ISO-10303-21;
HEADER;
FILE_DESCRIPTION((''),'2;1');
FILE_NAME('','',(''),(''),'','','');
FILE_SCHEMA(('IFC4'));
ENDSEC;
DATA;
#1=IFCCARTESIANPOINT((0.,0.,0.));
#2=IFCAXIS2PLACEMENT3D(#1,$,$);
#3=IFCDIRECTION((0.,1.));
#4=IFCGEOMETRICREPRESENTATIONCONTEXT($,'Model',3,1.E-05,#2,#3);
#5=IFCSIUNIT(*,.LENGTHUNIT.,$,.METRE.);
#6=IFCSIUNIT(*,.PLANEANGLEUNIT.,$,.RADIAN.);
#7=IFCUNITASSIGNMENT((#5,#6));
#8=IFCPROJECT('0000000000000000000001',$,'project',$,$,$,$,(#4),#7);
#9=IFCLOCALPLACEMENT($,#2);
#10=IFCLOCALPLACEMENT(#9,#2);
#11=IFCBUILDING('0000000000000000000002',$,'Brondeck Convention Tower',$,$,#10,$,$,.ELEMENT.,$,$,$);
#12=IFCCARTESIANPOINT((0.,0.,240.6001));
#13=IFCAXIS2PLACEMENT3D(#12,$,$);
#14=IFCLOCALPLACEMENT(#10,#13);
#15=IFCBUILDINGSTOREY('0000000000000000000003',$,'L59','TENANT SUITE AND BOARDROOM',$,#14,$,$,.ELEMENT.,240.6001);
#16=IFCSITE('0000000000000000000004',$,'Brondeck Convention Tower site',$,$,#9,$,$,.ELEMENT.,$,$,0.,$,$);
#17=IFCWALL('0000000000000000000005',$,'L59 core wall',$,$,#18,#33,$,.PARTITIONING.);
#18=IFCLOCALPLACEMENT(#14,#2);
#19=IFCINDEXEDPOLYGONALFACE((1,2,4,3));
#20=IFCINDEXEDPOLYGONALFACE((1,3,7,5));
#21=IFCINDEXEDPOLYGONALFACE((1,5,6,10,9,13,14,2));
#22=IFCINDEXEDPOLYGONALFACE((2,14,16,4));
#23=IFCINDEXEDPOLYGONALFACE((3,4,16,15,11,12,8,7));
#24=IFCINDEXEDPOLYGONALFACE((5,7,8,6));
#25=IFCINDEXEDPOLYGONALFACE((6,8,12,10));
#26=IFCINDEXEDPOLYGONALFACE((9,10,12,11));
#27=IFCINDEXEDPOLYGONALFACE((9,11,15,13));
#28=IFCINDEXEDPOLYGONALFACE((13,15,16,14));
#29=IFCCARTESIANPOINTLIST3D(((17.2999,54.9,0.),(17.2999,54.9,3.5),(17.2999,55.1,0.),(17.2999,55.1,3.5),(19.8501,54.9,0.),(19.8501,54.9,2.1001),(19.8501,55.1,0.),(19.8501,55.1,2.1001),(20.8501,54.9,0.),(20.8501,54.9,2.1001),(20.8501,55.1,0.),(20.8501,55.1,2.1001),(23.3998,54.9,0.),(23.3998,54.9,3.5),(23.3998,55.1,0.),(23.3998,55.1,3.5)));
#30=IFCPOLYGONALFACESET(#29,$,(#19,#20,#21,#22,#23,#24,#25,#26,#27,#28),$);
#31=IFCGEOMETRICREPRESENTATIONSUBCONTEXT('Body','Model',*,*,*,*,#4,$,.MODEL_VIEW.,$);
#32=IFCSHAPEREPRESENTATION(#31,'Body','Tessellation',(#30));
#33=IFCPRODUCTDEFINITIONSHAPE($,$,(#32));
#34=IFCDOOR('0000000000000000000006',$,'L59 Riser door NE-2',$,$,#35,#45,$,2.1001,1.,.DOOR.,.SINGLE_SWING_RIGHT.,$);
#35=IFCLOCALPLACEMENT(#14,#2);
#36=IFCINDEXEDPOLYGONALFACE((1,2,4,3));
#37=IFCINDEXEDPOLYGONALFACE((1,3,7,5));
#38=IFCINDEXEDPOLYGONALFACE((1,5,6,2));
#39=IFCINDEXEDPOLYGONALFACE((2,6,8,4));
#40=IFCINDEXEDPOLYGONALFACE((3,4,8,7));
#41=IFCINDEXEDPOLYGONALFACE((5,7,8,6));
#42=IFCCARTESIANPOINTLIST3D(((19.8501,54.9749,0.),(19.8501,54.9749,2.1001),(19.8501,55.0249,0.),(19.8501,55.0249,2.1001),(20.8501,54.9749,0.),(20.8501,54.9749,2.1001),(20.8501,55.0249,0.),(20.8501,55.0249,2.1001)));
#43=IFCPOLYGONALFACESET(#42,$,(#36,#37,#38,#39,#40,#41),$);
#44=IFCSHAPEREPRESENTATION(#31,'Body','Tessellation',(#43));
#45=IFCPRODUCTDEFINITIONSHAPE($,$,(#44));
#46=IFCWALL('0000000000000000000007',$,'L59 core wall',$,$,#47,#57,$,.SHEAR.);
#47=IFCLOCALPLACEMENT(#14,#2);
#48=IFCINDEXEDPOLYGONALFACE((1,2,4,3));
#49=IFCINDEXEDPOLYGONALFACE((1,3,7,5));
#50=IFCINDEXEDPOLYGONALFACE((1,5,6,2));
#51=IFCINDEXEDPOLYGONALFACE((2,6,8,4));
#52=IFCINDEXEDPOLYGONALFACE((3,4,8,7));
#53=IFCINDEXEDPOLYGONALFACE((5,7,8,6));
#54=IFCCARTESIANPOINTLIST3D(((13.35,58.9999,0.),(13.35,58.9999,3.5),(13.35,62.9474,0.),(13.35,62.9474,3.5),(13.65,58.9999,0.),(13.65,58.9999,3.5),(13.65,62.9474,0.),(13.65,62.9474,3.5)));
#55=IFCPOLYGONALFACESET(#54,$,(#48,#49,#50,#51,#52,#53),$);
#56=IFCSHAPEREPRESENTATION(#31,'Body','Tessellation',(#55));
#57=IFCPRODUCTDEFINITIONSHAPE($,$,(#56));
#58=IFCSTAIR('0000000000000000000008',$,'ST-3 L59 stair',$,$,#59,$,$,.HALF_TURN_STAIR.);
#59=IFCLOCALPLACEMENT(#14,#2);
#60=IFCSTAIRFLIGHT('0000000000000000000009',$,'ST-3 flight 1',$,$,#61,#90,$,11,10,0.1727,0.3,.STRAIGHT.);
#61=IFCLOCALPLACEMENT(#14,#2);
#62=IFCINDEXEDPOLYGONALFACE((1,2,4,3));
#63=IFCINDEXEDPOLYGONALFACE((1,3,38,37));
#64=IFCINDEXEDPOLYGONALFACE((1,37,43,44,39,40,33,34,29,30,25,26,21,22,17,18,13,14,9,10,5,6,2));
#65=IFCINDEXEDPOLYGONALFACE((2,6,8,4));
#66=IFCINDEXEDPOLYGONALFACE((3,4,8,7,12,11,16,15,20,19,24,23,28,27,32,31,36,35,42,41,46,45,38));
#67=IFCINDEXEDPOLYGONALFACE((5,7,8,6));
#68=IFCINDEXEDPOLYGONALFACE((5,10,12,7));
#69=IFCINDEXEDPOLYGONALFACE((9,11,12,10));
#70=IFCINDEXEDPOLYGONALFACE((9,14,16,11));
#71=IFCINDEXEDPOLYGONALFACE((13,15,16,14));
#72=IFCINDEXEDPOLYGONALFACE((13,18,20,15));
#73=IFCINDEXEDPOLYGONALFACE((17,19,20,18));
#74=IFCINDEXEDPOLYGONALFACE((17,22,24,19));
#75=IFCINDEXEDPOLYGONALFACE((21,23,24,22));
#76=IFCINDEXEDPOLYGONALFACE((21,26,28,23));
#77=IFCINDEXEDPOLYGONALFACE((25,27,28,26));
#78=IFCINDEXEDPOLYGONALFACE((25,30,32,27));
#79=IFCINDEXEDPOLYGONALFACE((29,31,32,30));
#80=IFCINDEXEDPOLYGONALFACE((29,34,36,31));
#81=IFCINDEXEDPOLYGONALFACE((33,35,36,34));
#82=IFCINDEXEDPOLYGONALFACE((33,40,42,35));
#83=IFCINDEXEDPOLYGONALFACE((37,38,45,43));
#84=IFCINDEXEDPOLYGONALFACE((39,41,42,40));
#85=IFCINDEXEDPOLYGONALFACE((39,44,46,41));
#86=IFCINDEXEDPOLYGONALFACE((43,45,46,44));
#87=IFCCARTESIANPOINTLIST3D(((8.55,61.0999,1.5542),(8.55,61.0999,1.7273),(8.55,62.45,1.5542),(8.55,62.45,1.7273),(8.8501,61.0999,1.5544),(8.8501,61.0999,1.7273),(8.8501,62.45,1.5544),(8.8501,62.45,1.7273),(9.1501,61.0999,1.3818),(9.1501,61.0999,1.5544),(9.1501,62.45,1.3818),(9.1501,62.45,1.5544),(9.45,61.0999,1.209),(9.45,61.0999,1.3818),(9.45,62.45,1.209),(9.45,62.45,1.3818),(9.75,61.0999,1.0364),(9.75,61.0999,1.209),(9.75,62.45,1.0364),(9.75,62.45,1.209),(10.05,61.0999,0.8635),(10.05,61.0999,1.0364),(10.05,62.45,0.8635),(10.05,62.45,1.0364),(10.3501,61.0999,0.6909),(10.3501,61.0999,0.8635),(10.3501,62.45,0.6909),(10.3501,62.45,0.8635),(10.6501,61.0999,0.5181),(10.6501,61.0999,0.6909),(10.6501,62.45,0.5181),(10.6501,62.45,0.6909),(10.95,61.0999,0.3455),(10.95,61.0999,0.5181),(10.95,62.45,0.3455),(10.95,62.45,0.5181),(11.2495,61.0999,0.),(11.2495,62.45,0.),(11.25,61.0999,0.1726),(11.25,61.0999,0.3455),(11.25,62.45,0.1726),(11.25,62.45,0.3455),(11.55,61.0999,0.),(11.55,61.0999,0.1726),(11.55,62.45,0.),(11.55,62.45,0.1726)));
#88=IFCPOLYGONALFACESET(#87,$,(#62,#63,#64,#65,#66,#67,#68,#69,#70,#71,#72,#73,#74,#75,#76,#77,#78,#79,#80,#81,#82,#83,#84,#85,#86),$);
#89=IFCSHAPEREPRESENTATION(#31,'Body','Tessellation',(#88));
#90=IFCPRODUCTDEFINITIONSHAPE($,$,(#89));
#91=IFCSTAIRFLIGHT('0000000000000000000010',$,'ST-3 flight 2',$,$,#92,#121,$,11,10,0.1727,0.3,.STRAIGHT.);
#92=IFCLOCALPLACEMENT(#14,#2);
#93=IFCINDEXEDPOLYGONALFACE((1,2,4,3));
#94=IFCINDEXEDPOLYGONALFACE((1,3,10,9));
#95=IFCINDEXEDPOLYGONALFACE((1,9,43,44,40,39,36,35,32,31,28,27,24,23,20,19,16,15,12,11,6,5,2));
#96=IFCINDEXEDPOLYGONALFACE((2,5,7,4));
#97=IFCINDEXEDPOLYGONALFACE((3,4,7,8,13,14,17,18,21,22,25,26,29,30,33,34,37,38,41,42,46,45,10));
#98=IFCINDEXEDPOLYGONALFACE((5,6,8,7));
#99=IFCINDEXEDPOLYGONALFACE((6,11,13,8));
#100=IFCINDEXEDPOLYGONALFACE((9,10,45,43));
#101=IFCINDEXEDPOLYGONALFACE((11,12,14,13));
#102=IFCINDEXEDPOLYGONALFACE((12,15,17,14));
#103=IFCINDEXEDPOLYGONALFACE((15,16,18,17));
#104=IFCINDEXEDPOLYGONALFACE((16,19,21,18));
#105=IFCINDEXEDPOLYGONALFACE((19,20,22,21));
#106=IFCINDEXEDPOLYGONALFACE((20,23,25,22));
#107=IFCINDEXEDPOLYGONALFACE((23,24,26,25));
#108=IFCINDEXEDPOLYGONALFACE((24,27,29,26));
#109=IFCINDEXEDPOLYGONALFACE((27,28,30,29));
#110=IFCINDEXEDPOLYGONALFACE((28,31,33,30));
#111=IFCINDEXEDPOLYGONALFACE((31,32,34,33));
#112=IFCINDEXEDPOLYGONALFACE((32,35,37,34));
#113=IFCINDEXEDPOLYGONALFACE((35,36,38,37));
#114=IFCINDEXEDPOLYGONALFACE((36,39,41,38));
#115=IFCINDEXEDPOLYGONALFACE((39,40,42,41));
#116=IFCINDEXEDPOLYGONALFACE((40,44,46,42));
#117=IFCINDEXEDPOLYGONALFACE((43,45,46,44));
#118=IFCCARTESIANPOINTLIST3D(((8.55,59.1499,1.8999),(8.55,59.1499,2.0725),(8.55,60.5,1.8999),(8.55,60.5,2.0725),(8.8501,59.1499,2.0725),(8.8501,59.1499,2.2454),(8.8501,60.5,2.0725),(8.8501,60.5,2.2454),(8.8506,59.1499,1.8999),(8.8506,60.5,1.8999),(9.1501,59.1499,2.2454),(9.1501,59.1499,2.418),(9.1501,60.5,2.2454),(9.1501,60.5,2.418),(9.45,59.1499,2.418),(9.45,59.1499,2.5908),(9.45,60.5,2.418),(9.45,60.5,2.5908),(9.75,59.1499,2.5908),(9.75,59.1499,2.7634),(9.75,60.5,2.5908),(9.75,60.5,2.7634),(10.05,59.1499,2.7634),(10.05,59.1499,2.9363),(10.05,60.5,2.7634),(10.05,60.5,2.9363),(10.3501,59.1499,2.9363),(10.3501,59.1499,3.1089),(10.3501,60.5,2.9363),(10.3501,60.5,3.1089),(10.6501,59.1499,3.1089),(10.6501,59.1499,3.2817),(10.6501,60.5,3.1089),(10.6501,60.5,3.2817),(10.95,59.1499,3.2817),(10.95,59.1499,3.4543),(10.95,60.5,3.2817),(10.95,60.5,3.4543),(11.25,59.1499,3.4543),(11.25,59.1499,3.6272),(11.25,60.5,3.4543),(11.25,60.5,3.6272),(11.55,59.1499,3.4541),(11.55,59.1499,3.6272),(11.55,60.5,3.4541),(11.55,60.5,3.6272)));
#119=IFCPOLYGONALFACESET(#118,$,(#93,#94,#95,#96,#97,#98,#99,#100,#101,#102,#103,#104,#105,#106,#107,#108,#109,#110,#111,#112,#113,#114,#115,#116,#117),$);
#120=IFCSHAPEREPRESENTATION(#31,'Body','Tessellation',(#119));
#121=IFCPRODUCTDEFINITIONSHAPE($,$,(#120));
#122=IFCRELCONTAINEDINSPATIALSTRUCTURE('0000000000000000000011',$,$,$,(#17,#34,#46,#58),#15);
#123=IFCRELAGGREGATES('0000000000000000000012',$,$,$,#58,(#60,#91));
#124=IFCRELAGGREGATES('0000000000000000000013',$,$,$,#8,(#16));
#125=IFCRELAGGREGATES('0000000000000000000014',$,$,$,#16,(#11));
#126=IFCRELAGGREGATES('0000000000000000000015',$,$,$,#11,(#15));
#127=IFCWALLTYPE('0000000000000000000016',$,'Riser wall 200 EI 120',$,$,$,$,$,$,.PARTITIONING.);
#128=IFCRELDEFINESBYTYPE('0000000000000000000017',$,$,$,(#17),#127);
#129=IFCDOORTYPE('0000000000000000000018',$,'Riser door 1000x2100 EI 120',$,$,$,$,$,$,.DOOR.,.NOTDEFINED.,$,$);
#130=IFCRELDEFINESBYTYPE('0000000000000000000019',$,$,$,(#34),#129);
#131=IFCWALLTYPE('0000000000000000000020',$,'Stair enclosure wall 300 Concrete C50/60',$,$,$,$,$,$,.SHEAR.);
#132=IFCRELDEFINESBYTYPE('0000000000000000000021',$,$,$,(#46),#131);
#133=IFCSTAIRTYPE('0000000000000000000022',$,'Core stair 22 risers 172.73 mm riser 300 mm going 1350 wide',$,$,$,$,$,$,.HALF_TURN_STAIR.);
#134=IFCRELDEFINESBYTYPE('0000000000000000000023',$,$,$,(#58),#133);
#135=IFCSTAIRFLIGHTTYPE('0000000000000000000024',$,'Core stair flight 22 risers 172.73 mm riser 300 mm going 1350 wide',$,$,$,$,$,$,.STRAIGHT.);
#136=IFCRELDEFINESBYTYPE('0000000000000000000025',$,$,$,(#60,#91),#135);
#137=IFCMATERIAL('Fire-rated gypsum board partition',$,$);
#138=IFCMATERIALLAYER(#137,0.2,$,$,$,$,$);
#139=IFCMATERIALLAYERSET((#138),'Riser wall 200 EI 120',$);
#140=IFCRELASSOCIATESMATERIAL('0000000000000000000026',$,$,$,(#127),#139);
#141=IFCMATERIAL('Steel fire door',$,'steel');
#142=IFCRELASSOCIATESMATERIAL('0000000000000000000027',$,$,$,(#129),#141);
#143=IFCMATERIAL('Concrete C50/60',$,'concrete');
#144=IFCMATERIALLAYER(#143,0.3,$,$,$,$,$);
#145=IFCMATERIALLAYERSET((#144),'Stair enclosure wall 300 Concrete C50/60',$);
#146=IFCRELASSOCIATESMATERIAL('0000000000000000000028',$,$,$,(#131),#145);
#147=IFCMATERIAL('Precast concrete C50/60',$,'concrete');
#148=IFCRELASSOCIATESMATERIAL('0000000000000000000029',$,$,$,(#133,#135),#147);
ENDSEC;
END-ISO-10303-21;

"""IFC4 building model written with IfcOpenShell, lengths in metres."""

from ifc_helpers import new_model, si_unit, direction, frame, frame_2d, origin, place, context, subcontext, project, spatial, polyline, rectangle, outline, extrude, material, layer, layer_set, type_object, element, fill, aggregate, save


model = new_model("IFC4")

# Units and contexts
model_context = context("Model", 3, precision=1e-05, world=origin(), true_north=direction((0.0, 1.0)))
body_context = subcontext(model_context, "Body", "Model", "MODEL_VIEW")
ifc_project = project(units=[si_unit("LENGTHUNIT", "METRE"), si_unit("PLANEANGLEUNIT", "RADIAN")], contexts=[model_context])

# Site, building, storey
site_placement = place(None, origin())
site = spatial("IfcSite", under=ifc_project, at=site_placement, Name="Brondeck Convention Tower site", CompositionType="ELEMENT", RefElevation=0.0)
building_placement = place(site_placement, origin())
building = spatial("IfcBuilding", under=site, at=building_placement, Name="Brondeck Convention Tower", CompositionType="ELEMENT")
storey_placement = place(building_placement, frame((0.0, 0.0, 240.6001)))
storey = spatial("IfcBuildingStorey", under=building, at=storey_placement, Name="L59", Description="TENANT SUITE AND BOARDROOM", CompositionType="ELEMENT", Elevation=240.6001)

# Shared definitions
ifc_material_1 = material(Name="Concrete C50/60", Category="concrete")

# Shared definitions
ifc_material_2 = material(Name="Fire-rated gypsum board partition")

# Shared definitions
ifc_material_3 = material(Name="Steel fire door", Category="steel")

# Wall, opening, door
ifc_layer_1 = layer(ifc_material_2, 0.2)
ifc_layer_set_1 = layer_set([ifc_layer_1], Name="Riser wall 200 EI 120")
wall_type_1 = type_object("IfcWallType", Name="Riser wall 200 EI 120", PredefinedType="PARTITIONING", material=ifc_layer_set_1)
wall_1_placement = place(storey_placement, frame((17.3, 55.0, 0.0), z_axis=(0.0, 0.0, 1.0), x_axis=(1.0, 0.0, 0.0)))
wall_1 = element("IfcWall", 1, at=wall_1_placement, inside=storey, type_object=wall_type_1, Name="L59 core wall", PredefinedType="PARTITIONING", context=body_context, shape_type="SweptSolid", body=[
    extrude(rectangle(XDim=6.0999, YDim=0.2, at=frame_2d((3.0498, 0.0))), origin(), (0.0, 0.0, 1.0), 3.5),
])
opening_1_placement = place(wall_1_placement, frame((2.55, 0.0, 0.0)))
opening_1 = element("IfcOpeningElement", 2, at=opening_1_placement, cuts=wall_1, PredefinedType="OPENING", context=body_context, shape_type="SweptSolid", body=[
    extrude(rectangle(XDim=1.0, YDim=2.1001, at=frame_2d((0.5, 1.05))), frame((0.0, 0.1099, 0.0), z_axis=(0.0, -1.0, 0.0), x_axis=(1.0, 0.0, 0.0)), (0.0, 0.0, 1.0), 0.22),
])
door_type_1 = type_object("IfcDoorType", Name="Riser door 1000x2100 EI 120", OperationType="NOTDEFINED", PredefinedType="DOOR", material=ifc_material_3)
door_1_placement = place(opening_1_placement, origin())
door_1 = element("IfcDoor", 3, at=door_1_placement, inside=storey, type_object=door_type_1, Name="L59 Riser door NE-2", OperationType="SINGLE_SWING_RIGHT", OverallHeight=2.1001, OverallWidth=1.0, PredefinedType="DOOR", context=body_context, shape_type="SweptSolid", body=[
    extrude(rectangle(XDim=1.0, YDim=2.1001, at=frame_2d((0.5, 1.05))), frame((0.0, 0.0249, 0.0), z_axis=(0.0, -1.0, 0.0), x_axis=(1.0, 0.0, 0.0)), (0.0, 0.0, 1.0), 0.05),
])
fill(opening_1, door_1)

# Wall
ifc_layer_2 = layer(ifc_material_1, 0.3)
ifc_layer_set_2 = layer_set([ifc_layer_2], Name="Stair enclosure wall 300 Concrete C50/60")
wall_type_2 = type_object("IfcWallType", Name="Stair enclosure wall 300 Concrete C50/60", PredefinedType="SHEAR", material=ifc_layer_set_2)
wall_2_placement = place(storey_placement, frame((13.5, 59.0, 0.0), z_axis=(0.0, 0.0, 1.0), x_axis=(0.0, 1.0, 0.0)))
element("IfcWall", 4, at=wall_2_placement, inside=storey, type_object=wall_type_2, Name="L59 core wall", PredefinedType="SHEAR", context=body_context, shape_type="SweptSolid", body=[
    extrude(rectangle(XDim=3.9475, YDim=0.3, at=frame_2d((1.9736, 0.0))), origin(), (0.0, 0.0, 1.0), 3.5),
])

# Stair, stair flights
ifc_material_4 = material(Name="Precast concrete C50/60", Category="concrete")
stair_type = type_object("IfcStairType", Name="Core stair 22 risers 172.73 mm riser 300 mm going 1350 wide", PredefinedType="HALF_TURN_STAIR", material=ifc_material_4)
stair_placement = place(storey_placement, origin())
stair = element("IfcStair", 5, at=stair_placement, inside=storey, type_object=stair_type, Name="ST-3 L59 stair", PredefinedType="HALF_TURN_STAIR")
stair_flight_type = type_object("IfcStairFlightType", Name="Core stair flight 22 risers 172.73 mm riser 300 mm going 1350 wide", PredefinedType="STRAIGHT", material=ifc_material_4)
stair_flight_1_placement = place(storey_placement, frame((11.55, 61.7749, 0.0), z_axis=(0.0, 0.0, 1.0), x_axis=(-1.0, 0.0, 0.0)))
stair_flight_1 = element("IfcStairFlight", 6, at=stair_flight_1_placement, type_object=stair_flight_type, Name="ST-3 flight 1", NumberOfRisers=11, NumberOfTreads=10, PredefinedType="STRAIGHT", RiserHeight=0.1727, TreadLength=0.3, context=body_context, shape_type="SweptSolid", body=[
    extrude(outline(polyline([(0.0, 0.0), (0.0, 0.1726), (0.3, 0.1726), (0.3, 0.3455), (0.6001, 0.3455), (0.6001, 0.5181), (0.8999, 0.5181), (0.8999, 0.6909), (1.2, 0.6909), (1.2, 0.8635), (1.5, 0.8635), (1.5, 1.0364), (1.8, 1.0364), (1.8, 1.209), (2.1001, 1.209), (2.1001, 1.3818), (2.3999, 1.3818), (2.3999, 1.5544), (2.7, 1.5544), (2.7, 1.7273), (3.0, 1.7273), (3.0, 1.8999), (3.0, 1.5542), (0.3005, 0.0), (0.0, 0.0)])), frame((0.0, 0.675, 0.0), z_axis=(0.0, -1.0, 0.0), x_axis=(1.0, 0.0, 0.0)), (0.0, 0.0, 1.0), 1.3501),
])
stair_flight_2_placement = place(storey_placement, frame((8.55, 59.825, 1.8999), z_axis=(0.0, 0.0, 1.0), x_axis=(1.0, 0.0, 0.0)))
stair_flight_2 = element("IfcStairFlight", 7, at=stair_flight_2_placement, type_object=stair_flight_type, Name="ST-3 flight 2", NumberOfRisers=11, NumberOfTreads=10, PredefinedType="STRAIGHT", RiserHeight=0.1727, TreadLength=0.3, context=body_context, shape_type="SweptSolid", body=[
    extrude(outline(polyline([(0.0, 0.0), (0.0, 0.1726), (0.3, 0.1726), (0.3, 0.3455), (0.6001, 0.3455), (0.6001, 0.5181), (0.8999, 0.5181), (0.8999, 0.6909), (1.2, 0.6909), (1.2, 0.8635), (1.5, 0.8635), (1.5, 1.0364), (1.8, 1.0364), (1.8, 1.209), (2.1001, 1.209), (2.1001, 1.3818), (2.3999, 1.3818), (2.3999, 1.5544), (2.7, 1.5544), (2.7, 1.7273), (3.0, 1.7273), (3.0, 1.8999), (3.0, 1.5542), (0.3005, 0.0), (0.0, 0.0)])), frame((0.0, 0.675, 0.0), z_axis=(0.0, -1.0, 0.0), x_axis=(1.0, 0.0, 0.0)), (0.0, 0.0, 1.0), 1.3501),
])
aggregate(stair, [stair_flight_1, stair_flight_2])

save(model, "model.ifc")
